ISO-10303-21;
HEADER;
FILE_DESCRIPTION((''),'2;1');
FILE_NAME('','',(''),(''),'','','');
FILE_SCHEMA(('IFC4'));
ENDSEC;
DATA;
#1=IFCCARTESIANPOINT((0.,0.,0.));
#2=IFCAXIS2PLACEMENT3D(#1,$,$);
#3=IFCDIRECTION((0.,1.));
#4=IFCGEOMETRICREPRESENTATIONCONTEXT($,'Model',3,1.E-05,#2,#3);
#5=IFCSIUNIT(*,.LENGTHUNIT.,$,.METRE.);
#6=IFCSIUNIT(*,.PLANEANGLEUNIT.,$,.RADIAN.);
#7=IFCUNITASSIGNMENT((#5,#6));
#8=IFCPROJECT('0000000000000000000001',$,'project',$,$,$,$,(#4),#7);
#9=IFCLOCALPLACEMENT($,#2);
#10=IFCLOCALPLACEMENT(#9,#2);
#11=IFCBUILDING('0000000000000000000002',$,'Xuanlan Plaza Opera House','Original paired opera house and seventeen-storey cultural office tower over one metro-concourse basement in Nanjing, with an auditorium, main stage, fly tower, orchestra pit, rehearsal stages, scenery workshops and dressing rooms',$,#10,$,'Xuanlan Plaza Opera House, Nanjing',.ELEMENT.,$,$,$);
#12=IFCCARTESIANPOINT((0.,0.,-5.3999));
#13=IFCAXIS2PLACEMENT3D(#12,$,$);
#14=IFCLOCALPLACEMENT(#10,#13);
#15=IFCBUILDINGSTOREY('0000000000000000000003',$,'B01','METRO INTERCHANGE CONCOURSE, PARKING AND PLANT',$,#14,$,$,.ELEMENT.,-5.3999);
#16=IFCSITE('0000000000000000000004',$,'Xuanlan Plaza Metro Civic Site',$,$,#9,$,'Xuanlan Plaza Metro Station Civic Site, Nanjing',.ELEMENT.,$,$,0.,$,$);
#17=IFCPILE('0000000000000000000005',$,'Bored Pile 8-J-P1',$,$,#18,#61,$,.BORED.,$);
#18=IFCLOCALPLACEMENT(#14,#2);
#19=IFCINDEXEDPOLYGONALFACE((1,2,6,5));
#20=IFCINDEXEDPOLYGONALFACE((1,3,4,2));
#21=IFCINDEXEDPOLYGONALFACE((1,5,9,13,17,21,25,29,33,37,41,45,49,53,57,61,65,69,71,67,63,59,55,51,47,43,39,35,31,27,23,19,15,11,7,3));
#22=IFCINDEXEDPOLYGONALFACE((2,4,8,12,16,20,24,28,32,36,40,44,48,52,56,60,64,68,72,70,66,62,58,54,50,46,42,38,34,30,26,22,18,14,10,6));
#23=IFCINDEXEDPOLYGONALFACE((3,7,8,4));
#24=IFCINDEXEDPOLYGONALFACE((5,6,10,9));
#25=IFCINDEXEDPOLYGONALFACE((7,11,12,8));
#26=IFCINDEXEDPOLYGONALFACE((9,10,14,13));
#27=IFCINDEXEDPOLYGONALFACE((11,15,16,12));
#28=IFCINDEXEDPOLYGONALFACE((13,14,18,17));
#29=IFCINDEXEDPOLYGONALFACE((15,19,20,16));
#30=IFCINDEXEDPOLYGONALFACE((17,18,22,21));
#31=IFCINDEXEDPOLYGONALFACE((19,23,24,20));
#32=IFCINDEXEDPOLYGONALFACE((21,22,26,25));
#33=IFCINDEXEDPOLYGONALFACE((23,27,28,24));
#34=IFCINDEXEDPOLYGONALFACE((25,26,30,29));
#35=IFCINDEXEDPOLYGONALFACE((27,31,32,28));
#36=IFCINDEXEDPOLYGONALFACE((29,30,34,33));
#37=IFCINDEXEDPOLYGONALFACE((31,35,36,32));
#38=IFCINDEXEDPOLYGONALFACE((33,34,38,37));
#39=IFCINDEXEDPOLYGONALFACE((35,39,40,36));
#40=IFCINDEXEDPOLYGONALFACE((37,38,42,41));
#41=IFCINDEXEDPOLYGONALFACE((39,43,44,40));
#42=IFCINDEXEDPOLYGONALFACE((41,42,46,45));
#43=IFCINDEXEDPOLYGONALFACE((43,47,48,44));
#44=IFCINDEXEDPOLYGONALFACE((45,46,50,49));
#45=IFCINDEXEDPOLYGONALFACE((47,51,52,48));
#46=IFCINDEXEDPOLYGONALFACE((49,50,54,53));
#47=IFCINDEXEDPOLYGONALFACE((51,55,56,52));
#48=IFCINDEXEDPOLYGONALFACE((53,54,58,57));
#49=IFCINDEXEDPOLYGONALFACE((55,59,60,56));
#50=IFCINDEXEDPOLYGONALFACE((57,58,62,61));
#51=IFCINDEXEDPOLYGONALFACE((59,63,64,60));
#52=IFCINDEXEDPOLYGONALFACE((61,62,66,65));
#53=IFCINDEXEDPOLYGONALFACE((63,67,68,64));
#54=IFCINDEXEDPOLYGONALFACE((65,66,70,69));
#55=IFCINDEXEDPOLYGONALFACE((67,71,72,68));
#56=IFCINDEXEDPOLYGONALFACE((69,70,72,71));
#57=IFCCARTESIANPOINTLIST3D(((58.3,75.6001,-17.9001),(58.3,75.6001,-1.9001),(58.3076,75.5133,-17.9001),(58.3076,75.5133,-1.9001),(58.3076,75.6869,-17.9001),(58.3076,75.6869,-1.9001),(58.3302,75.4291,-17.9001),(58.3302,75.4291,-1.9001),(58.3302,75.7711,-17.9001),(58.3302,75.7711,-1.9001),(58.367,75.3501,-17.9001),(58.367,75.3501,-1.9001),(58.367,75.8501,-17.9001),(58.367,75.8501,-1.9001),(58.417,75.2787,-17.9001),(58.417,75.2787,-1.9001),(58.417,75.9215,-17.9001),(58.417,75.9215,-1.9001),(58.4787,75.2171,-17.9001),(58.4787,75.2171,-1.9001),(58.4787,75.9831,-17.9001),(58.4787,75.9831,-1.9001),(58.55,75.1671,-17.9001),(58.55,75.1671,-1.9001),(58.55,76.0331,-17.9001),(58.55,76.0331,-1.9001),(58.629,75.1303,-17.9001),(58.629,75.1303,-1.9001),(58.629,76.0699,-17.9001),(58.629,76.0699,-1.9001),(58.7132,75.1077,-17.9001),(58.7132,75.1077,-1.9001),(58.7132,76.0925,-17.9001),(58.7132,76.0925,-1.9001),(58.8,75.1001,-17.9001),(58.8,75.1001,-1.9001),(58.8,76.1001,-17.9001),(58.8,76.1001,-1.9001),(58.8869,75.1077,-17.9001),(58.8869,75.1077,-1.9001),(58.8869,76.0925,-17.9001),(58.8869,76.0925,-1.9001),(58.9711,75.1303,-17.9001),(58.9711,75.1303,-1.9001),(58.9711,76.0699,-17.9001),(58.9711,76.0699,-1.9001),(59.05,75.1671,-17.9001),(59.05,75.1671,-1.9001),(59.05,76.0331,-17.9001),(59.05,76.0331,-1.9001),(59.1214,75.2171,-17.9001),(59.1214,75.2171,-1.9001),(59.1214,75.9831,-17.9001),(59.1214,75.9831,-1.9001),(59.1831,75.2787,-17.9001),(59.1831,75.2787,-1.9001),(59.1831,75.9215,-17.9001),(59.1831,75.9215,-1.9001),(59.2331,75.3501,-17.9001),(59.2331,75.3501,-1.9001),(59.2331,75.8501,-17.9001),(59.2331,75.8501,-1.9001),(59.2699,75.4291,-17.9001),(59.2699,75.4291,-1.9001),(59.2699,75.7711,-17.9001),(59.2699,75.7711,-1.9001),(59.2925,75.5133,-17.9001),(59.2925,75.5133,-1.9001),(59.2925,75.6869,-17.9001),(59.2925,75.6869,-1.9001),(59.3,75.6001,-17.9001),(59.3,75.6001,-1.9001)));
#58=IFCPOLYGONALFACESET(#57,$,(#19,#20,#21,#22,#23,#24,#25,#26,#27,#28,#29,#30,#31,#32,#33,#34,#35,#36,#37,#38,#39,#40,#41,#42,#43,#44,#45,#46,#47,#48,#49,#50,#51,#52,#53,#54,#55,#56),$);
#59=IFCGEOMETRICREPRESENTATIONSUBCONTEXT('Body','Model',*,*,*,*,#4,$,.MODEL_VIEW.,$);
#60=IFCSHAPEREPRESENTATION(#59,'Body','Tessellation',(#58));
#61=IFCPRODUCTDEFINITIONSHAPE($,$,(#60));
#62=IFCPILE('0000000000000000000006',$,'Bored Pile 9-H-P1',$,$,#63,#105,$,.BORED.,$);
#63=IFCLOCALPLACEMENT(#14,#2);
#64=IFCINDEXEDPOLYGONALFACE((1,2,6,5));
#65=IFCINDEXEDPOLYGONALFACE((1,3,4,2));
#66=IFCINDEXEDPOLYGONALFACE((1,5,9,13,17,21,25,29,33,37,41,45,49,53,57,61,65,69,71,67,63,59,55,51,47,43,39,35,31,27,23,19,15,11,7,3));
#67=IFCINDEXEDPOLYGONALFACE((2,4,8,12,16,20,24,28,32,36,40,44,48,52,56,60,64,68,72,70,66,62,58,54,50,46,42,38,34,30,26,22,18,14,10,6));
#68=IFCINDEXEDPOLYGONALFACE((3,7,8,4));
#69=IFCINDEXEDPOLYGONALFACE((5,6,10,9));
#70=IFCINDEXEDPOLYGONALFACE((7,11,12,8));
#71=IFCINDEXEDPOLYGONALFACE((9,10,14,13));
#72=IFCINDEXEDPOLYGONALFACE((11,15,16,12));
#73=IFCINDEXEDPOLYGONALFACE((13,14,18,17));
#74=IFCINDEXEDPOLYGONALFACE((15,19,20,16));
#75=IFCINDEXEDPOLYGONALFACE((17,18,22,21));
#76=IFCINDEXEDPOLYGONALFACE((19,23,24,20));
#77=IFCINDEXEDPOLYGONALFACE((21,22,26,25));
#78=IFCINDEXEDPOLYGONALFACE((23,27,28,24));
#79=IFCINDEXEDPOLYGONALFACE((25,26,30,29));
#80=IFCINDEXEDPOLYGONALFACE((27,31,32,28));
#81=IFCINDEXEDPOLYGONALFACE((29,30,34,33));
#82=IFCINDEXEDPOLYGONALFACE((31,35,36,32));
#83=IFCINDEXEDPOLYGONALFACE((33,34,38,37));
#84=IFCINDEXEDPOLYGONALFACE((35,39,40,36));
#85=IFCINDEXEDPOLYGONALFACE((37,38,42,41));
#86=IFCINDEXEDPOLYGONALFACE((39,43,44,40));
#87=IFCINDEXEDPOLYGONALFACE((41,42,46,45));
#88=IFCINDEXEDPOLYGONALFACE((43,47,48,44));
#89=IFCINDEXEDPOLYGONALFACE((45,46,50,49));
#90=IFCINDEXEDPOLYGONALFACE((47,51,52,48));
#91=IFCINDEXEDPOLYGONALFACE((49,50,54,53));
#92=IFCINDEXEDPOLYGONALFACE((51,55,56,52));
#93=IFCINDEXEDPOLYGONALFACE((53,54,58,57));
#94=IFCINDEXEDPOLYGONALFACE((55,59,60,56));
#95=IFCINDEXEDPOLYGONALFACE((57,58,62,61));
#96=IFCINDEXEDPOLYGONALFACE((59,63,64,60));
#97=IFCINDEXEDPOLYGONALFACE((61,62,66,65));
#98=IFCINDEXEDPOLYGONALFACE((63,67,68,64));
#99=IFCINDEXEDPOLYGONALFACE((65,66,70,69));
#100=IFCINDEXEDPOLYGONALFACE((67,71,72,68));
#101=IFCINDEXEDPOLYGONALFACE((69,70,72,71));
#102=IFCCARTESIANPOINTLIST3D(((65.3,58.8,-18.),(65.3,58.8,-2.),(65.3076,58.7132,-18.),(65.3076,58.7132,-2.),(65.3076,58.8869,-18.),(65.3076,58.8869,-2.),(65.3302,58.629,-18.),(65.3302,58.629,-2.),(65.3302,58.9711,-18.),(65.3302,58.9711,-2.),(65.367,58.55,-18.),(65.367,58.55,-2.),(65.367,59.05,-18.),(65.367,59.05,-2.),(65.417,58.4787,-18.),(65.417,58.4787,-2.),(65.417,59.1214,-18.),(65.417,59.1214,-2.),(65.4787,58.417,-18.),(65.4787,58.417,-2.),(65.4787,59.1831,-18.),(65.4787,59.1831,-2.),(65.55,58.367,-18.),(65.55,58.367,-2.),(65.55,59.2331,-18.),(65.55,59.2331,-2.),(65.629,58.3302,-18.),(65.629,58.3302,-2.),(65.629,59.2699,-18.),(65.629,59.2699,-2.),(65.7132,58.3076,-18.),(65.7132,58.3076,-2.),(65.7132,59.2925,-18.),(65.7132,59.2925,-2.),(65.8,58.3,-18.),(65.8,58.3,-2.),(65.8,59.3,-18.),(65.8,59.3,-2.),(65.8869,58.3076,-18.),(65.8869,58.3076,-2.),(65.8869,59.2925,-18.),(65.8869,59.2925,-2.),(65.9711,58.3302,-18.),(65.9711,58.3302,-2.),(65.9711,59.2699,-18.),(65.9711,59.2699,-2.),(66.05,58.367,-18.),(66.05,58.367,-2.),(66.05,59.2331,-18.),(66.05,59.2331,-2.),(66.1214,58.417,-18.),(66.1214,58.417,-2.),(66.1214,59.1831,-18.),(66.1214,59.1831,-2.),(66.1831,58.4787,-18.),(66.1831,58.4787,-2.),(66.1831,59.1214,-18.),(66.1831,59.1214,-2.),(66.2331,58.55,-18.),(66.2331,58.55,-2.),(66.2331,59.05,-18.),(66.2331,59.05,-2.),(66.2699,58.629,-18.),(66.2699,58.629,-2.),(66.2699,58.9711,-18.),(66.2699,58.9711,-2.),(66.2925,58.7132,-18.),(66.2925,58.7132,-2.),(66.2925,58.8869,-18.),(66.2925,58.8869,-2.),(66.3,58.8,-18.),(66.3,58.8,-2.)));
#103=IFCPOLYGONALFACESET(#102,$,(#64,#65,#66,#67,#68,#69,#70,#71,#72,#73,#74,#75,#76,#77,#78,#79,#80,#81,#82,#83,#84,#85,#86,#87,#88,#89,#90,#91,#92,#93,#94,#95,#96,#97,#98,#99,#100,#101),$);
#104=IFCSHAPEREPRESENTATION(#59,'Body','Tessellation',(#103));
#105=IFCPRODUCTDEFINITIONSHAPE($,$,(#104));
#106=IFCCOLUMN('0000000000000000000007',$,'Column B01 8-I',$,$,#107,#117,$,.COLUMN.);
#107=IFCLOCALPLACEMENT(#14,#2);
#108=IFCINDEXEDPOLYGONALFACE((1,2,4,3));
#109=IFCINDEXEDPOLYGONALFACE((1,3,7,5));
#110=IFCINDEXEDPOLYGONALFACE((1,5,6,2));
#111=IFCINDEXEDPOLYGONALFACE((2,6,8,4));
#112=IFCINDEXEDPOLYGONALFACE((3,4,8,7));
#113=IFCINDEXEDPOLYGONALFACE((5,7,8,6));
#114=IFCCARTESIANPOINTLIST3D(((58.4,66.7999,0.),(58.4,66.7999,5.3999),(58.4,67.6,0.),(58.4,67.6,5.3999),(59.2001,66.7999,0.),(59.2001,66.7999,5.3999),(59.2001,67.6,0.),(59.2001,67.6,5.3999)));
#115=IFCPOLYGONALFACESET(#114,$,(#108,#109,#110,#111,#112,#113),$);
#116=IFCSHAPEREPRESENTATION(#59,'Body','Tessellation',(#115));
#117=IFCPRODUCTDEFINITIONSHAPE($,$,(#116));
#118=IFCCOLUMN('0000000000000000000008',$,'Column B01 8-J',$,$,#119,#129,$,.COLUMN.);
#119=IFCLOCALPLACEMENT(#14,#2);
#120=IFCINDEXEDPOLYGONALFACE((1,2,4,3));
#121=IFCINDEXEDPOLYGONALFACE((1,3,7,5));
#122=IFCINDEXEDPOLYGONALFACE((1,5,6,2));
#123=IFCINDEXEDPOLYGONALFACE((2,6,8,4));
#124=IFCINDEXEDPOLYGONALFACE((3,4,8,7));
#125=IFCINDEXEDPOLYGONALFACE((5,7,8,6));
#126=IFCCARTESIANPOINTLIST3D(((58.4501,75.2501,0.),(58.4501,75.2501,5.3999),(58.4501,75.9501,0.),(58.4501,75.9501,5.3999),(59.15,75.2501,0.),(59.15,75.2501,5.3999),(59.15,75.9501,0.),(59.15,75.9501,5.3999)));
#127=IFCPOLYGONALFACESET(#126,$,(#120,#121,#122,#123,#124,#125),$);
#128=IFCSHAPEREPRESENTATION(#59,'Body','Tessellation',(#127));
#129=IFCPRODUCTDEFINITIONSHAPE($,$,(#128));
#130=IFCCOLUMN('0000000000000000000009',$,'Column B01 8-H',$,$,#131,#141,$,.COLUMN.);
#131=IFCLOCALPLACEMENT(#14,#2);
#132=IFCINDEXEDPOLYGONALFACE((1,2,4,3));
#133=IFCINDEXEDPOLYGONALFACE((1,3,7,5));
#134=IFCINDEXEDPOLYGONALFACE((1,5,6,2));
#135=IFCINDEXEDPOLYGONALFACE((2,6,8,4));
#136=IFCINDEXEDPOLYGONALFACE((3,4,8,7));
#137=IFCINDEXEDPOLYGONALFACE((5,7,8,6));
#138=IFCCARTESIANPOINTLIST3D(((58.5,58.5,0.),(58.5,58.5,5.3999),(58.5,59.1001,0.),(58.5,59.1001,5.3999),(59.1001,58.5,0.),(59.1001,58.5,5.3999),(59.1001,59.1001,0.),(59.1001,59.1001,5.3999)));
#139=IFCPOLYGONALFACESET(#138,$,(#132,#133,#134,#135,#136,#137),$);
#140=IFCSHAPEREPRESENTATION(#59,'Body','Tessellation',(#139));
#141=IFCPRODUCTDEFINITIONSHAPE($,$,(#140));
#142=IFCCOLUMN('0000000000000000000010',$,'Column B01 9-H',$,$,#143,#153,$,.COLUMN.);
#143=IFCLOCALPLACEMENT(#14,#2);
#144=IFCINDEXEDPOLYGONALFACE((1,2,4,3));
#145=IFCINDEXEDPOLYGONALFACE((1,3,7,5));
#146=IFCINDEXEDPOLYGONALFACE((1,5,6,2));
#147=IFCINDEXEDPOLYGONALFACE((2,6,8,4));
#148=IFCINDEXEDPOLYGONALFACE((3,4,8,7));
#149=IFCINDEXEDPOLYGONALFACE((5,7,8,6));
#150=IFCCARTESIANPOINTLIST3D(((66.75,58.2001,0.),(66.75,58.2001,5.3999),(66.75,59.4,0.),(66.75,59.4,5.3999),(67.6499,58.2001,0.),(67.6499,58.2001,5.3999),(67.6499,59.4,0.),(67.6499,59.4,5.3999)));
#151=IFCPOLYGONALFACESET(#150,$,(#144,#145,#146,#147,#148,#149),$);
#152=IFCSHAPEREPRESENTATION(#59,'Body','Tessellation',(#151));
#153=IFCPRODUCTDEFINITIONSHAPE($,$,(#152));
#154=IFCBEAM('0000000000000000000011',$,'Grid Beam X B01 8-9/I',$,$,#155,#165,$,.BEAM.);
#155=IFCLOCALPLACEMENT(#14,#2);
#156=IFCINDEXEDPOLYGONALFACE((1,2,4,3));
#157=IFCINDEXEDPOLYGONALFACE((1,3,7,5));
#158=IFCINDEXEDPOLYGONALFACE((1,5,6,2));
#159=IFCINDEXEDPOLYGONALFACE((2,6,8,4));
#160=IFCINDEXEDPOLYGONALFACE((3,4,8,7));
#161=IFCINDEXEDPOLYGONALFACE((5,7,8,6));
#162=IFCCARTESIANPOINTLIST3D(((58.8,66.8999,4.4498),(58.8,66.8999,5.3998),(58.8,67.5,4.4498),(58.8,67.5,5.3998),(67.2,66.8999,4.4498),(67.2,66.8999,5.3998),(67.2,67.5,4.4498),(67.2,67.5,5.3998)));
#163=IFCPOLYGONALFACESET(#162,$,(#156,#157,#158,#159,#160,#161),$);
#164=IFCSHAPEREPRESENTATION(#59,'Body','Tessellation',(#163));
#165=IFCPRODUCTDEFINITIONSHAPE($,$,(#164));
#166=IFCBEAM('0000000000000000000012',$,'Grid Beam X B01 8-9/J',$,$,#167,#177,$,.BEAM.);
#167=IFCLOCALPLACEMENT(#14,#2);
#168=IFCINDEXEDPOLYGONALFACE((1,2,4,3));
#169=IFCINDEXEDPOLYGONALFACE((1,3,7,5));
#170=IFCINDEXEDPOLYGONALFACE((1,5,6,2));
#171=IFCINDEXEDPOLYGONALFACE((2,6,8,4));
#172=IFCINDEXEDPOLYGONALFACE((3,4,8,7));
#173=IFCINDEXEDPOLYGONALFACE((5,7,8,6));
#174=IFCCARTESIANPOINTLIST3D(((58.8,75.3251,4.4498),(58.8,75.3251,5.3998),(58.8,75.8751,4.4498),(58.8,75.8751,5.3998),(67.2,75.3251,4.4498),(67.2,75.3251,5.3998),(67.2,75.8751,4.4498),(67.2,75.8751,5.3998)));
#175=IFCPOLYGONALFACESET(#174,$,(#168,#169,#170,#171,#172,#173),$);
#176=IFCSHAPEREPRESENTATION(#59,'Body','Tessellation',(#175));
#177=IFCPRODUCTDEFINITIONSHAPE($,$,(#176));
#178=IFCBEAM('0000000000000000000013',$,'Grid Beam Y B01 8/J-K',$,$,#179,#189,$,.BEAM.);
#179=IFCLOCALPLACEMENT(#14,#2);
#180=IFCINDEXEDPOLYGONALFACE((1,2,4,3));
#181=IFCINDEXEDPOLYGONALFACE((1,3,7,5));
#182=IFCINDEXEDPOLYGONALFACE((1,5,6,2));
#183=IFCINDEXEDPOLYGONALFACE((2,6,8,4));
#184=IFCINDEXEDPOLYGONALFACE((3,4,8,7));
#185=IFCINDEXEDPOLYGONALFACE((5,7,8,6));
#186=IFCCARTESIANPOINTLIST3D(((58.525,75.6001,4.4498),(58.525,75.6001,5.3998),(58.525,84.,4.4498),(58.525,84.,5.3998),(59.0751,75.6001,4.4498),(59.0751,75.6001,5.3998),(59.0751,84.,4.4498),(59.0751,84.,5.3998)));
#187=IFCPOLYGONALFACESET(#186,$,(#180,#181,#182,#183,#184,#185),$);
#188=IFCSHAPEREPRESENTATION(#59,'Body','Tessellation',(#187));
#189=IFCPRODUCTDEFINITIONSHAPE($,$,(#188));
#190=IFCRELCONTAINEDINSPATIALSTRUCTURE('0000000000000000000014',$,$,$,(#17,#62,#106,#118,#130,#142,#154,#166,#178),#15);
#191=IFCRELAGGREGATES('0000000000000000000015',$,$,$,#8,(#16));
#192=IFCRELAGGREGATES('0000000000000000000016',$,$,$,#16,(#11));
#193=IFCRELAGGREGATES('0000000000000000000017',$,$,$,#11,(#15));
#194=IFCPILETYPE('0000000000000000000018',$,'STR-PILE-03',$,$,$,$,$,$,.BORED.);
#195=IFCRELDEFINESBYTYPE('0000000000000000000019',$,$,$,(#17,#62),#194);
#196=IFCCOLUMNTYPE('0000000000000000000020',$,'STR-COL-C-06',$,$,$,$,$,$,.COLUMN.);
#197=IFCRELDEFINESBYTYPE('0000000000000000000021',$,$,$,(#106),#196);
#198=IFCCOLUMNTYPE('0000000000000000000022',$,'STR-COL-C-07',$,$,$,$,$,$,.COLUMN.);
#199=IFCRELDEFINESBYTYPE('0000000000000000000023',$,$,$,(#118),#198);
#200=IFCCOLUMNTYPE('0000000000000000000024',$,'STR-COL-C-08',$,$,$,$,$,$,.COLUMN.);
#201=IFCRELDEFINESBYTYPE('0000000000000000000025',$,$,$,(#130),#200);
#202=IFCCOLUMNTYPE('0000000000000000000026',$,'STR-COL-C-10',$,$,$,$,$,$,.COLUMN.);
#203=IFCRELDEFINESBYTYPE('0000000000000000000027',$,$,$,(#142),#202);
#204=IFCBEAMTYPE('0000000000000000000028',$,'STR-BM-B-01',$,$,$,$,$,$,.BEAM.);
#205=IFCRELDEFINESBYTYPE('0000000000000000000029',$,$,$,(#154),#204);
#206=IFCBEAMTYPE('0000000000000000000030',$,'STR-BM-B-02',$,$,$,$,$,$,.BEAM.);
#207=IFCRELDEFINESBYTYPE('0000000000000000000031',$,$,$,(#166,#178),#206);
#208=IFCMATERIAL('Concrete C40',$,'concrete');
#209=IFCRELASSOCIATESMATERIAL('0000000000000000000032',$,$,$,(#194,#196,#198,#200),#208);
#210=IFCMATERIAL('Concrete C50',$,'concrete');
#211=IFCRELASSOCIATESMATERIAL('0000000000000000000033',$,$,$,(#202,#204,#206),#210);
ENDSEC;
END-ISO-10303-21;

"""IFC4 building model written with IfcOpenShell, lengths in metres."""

from ifc_helpers import new_model, si_unit, direction, frame, origin, origin_2d, place, context, subcontext, project, spatial, rectangle, circle, extrude, material, material_profile, profile_set, type_object, element, save


model = new_model("IFC4")

# Units and contexts
model_context = context("Model", 3, precision=1e-05, world=origin(), true_north=direction((0.0, 1.0)))
body_context = subcontext(model_context, "Body", "Model", "MODEL_VIEW")
ifc_project = project(units=[si_unit("LENGTHUNIT", "METRE"), si_unit("PLANEANGLEUNIT", "RADIAN")], contexts=[model_context])

# Site, building, storey
site_placement = place(None, origin())
site = spatial("IfcSite", under=ifc_project, at=site_placement, Name="Xuanlan Plaza Metro Civic Site", LongName="Xuanlan Plaza Metro Station Civic Site, Nanjing", CompositionType="ELEMENT", RefElevation=0.0)
building_placement = place(site_placement, origin())
building = spatial("IfcBuilding", under=site, at=building_placement, Name="Xuanlan Plaza Opera House", Description="Original paired opera house and seventeen-storey cultural office tower over one metro-concourse basement in Nanjing, with an auditorium, main stage, fly tower, orchestra pit, rehearsal stages, scenery workshops and dressing rooms", LongName="Xuanlan Plaza Opera House, Nanjing", CompositionType="ELEMENT")
storey_placement = place(building_placement, frame((0.0, 0.0, -5.3999)))
storey = spatial("IfcBuildingStorey", under=building, at=storey_placement, Name="B01", Description="METRO INTERCHANGE CONCOURSE, PARKING AND PLANT", CompositionType="ELEMENT", Elevation=-5.3999)

# Shared definitions
ifc_material_1 = material(Name="Concrete C40", Category="concrete")
ifc_material_2 = material(Name="Concrete C50", Category="concrete")

# Piles
ifc_material_profile_1 = material_profile(ifc_material_1, circle(Radius=0.5, at=origin_2d()), Name="PILE D1000")
ifc_profile_set_1 = profile_set([ifc_material_profile_1], Name="Concrete C40")
pile_type_1 = type_object("IfcPileType", Name="STR-PILE-03", PredefinedType="BORED", material=ifc_profile_set_1)
for number, where, z_axis, x_axis, name in (
    (1, (58.8, 75.6001, -1.9001), (0.0, 0.0, -1.0), (1.0, 0.0, 0.0), "Bored Pile 8-J-P1"),
    (2, (65.8, 58.8, -2.0), (0.0, 0.0, -1.0), (1.0, 0.0, 0.0), "Bored Pile 9-H-P1"),
):
    element("IfcPile", number, at=place(storey_placement, frame(where, z_axis=z_axis, x_axis=x_axis)), inside=storey, type_object=pile_type_1, Name=name, PredefinedType="BORED", context=body_context, shape_type="SweptSolid", body=[
        extrude(circle(Radius=0.5, at=origin_2d()), origin(), (0.0, 0.0, 1.0), 16.0),
    ])

# Columns
ifc_material_profile_2 = material_profile(ifc_material_1, rectangle(XDim=0.8, YDim=0.8, at=origin_2d()), Name="RC-COL 800x800")
ifc_profile_set_2 = profile_set([ifc_material_profile_2], Name="Concrete C40")
column_type_1 = type_object("IfcColumnType", Name="STR-COL-C-06", PredefinedType="COLUMN", material=ifc_profile_set_2)
column_1_placement = place(storey_placement, frame((58.8, 67.2, 0.0), z_axis=(0.0, 0.0, 1.0), x_axis=(1.0, 0.0, 0.0)))
element("IfcColumn", 3, at=column_1_placement, inside=storey, type_object=column_type_1, Name="Column B01 8-I", PredefinedType="COLUMN", context=body_context, shape_type="SweptSolid", body=[
    extrude(rectangle(XDim=0.8, YDim=0.8, at=origin_2d()), origin(), (0.0, 0.0, 1.0), 5.3999),
])
ifc_material_profile_3 = material_profile(ifc_material_1, rectangle(XDim=0.7, YDim=0.7, at=origin_2d()), Name="RC-COL 700x700")
ifc_profile_set_3 = profile_set([ifc_material_profile_3], Name="Concrete C40")
column_type_2 = type_object("IfcColumnType", Name="STR-COL-C-07", PredefinedType="COLUMN", material=ifc_profile_set_3)
column_2_placement = place(storey_placement, frame((58.8, 75.6001, 0.0), z_axis=(0.0, 0.0, 1.0), x_axis=(1.0, 0.0, 0.0)))
element("IfcColumn", 4, at=column_2_placement, inside=storey, type_object=column_type_2, Name="Column B01 8-J", PredefinedType="COLUMN", context=body_context, shape_type="SweptSolid", body=[
    extrude(rectangle(XDim=0.7, YDim=0.7, at=origin_2d()), origin(), (0.0, 0.0, 1.0), 5.3999),
])
ifc_material_profile_4 = material_profile(ifc_material_1, rectangle(XDim=0.6001, YDim=0.6001, at=origin_2d()), Name="RC-COL 600x600")
ifc_profile_set_4 = profile_set([ifc_material_profile_4], Name="Concrete C40")
column_type_3 = type_object("IfcColumnType", Name="STR-COL-C-08", PredefinedType="COLUMN", material=ifc_profile_set_4)
column_3_placement = place(storey_placement, frame((58.8, 58.8, 0.0), z_axis=(0.0, 0.0, 1.0), x_axis=(1.0, 0.0, 0.0)))
element("IfcColumn", 5, at=column_3_placement, inside=storey, type_object=column_type_3, Name="Column B01 8-H", PredefinedType="COLUMN", context=body_context, shape_type="SweptSolid", body=[
    extrude(rectangle(XDim=0.6001, YDim=0.6001, at=origin_2d()), origin(), (0.0, 0.0, 1.0), 5.3999),
])
ifc_material_profile_5 = material_profile(ifc_material_2, rectangle(XDim=0.8999, YDim=1.2, at=origin_2d()), Name="RC-COL 900x1200")
ifc_profile_set_5 = profile_set([ifc_material_profile_5], Name="Concrete C50")
column_type_4 = type_object("IfcColumnType", Name="STR-COL-C-10", PredefinedType="COLUMN", material=ifc_profile_set_5)
column_4_placement = place(storey_placement, frame((67.2, 58.8, 0.0), z_axis=(0.0, 0.0, 1.0), x_axis=(1.0, 0.0, 0.0)))
element("IfcColumn", 6, at=column_4_placement, inside=storey, type_object=column_type_4, Name="Column B01 9-H", PredefinedType="COLUMN", context=body_context, shape_type="SweptSolid", body=[
    extrude(rectangle(XDim=0.8999, YDim=1.2, at=origin_2d()), origin(), (0.0, 0.0, 1.0), 5.3999),
])

# Beams
ifc_material_profile_6 = material_profile(ifc_material_2, rectangle(XDim=0.6001, YDim=0.95, at=origin_2d()), Name="RC-BM 600x950")
ifc_profile_set_6 = profile_set([ifc_material_profile_6], Name="Concrete C50")
beam_type_1 = type_object("IfcBeamType", Name="STR-BM-B-01", PredefinedType="BEAM", material=ifc_profile_set_6)
beam_1_placement = place(storey_placement, frame((58.8, 67.2, 4.9248), z_axis=(1.0, 0.0, 0.0), x_axis=(0.0, 1.0, 0.0)))
element("IfcBeam", 7, at=beam_1_placement, inside=storey, type_object=beam_type_1, Name="Grid Beam X B01 8-9/I", PredefinedType="BEAM", context=body_context, shape_type="SweptSolid", body=[
    extrude(rectangle(XDim=0.6001, YDim=0.95, at=origin_2d()), origin(), (0.0, 0.0, 1.0), 8.3999),
])
ifc_material_profile_7 = material_profile(ifc_material_2, rectangle(XDim=0.55, YDim=0.95, at=origin_2d()), Name="RC-BM 550x950")
ifc_profile_set_7 = profile_set([ifc_material_profile_7], Name="Concrete C50")
beam_type_2 = type_object("IfcBeamType", Name="STR-BM-B-02", PredefinedType="BEAM", material=ifc_profile_set_7)
for number, where, z_axis, x_axis, name in (
    (8, (58.8, 75.6001, 4.9248), (1.0, 0.0, 0.0), (0.0, 1.0, 0.0), "Grid Beam X B01 8-9/J"),
    (9, (58.8, 75.6001, 4.9248), (0.0, 1.0, 0.0), (-1.0, 0.0, 0.0), "Grid Beam Y B01 8/J-K"),
):
    element("IfcBeam", number, at=place(storey_placement, frame(where, z_axis=z_axis, x_axis=x_axis)), inside=storey, type_object=beam_type_2, Name=name, PredefinedType="BEAM", context=body_context, shape_type="SweptSolid", body=[
        extrude(rectangle(XDim=0.55, YDim=0.95, at=origin_2d()), origin(), (0.0, 0.0, 1.0), 8.3999),
    ])

save(model, "model.ifc")
